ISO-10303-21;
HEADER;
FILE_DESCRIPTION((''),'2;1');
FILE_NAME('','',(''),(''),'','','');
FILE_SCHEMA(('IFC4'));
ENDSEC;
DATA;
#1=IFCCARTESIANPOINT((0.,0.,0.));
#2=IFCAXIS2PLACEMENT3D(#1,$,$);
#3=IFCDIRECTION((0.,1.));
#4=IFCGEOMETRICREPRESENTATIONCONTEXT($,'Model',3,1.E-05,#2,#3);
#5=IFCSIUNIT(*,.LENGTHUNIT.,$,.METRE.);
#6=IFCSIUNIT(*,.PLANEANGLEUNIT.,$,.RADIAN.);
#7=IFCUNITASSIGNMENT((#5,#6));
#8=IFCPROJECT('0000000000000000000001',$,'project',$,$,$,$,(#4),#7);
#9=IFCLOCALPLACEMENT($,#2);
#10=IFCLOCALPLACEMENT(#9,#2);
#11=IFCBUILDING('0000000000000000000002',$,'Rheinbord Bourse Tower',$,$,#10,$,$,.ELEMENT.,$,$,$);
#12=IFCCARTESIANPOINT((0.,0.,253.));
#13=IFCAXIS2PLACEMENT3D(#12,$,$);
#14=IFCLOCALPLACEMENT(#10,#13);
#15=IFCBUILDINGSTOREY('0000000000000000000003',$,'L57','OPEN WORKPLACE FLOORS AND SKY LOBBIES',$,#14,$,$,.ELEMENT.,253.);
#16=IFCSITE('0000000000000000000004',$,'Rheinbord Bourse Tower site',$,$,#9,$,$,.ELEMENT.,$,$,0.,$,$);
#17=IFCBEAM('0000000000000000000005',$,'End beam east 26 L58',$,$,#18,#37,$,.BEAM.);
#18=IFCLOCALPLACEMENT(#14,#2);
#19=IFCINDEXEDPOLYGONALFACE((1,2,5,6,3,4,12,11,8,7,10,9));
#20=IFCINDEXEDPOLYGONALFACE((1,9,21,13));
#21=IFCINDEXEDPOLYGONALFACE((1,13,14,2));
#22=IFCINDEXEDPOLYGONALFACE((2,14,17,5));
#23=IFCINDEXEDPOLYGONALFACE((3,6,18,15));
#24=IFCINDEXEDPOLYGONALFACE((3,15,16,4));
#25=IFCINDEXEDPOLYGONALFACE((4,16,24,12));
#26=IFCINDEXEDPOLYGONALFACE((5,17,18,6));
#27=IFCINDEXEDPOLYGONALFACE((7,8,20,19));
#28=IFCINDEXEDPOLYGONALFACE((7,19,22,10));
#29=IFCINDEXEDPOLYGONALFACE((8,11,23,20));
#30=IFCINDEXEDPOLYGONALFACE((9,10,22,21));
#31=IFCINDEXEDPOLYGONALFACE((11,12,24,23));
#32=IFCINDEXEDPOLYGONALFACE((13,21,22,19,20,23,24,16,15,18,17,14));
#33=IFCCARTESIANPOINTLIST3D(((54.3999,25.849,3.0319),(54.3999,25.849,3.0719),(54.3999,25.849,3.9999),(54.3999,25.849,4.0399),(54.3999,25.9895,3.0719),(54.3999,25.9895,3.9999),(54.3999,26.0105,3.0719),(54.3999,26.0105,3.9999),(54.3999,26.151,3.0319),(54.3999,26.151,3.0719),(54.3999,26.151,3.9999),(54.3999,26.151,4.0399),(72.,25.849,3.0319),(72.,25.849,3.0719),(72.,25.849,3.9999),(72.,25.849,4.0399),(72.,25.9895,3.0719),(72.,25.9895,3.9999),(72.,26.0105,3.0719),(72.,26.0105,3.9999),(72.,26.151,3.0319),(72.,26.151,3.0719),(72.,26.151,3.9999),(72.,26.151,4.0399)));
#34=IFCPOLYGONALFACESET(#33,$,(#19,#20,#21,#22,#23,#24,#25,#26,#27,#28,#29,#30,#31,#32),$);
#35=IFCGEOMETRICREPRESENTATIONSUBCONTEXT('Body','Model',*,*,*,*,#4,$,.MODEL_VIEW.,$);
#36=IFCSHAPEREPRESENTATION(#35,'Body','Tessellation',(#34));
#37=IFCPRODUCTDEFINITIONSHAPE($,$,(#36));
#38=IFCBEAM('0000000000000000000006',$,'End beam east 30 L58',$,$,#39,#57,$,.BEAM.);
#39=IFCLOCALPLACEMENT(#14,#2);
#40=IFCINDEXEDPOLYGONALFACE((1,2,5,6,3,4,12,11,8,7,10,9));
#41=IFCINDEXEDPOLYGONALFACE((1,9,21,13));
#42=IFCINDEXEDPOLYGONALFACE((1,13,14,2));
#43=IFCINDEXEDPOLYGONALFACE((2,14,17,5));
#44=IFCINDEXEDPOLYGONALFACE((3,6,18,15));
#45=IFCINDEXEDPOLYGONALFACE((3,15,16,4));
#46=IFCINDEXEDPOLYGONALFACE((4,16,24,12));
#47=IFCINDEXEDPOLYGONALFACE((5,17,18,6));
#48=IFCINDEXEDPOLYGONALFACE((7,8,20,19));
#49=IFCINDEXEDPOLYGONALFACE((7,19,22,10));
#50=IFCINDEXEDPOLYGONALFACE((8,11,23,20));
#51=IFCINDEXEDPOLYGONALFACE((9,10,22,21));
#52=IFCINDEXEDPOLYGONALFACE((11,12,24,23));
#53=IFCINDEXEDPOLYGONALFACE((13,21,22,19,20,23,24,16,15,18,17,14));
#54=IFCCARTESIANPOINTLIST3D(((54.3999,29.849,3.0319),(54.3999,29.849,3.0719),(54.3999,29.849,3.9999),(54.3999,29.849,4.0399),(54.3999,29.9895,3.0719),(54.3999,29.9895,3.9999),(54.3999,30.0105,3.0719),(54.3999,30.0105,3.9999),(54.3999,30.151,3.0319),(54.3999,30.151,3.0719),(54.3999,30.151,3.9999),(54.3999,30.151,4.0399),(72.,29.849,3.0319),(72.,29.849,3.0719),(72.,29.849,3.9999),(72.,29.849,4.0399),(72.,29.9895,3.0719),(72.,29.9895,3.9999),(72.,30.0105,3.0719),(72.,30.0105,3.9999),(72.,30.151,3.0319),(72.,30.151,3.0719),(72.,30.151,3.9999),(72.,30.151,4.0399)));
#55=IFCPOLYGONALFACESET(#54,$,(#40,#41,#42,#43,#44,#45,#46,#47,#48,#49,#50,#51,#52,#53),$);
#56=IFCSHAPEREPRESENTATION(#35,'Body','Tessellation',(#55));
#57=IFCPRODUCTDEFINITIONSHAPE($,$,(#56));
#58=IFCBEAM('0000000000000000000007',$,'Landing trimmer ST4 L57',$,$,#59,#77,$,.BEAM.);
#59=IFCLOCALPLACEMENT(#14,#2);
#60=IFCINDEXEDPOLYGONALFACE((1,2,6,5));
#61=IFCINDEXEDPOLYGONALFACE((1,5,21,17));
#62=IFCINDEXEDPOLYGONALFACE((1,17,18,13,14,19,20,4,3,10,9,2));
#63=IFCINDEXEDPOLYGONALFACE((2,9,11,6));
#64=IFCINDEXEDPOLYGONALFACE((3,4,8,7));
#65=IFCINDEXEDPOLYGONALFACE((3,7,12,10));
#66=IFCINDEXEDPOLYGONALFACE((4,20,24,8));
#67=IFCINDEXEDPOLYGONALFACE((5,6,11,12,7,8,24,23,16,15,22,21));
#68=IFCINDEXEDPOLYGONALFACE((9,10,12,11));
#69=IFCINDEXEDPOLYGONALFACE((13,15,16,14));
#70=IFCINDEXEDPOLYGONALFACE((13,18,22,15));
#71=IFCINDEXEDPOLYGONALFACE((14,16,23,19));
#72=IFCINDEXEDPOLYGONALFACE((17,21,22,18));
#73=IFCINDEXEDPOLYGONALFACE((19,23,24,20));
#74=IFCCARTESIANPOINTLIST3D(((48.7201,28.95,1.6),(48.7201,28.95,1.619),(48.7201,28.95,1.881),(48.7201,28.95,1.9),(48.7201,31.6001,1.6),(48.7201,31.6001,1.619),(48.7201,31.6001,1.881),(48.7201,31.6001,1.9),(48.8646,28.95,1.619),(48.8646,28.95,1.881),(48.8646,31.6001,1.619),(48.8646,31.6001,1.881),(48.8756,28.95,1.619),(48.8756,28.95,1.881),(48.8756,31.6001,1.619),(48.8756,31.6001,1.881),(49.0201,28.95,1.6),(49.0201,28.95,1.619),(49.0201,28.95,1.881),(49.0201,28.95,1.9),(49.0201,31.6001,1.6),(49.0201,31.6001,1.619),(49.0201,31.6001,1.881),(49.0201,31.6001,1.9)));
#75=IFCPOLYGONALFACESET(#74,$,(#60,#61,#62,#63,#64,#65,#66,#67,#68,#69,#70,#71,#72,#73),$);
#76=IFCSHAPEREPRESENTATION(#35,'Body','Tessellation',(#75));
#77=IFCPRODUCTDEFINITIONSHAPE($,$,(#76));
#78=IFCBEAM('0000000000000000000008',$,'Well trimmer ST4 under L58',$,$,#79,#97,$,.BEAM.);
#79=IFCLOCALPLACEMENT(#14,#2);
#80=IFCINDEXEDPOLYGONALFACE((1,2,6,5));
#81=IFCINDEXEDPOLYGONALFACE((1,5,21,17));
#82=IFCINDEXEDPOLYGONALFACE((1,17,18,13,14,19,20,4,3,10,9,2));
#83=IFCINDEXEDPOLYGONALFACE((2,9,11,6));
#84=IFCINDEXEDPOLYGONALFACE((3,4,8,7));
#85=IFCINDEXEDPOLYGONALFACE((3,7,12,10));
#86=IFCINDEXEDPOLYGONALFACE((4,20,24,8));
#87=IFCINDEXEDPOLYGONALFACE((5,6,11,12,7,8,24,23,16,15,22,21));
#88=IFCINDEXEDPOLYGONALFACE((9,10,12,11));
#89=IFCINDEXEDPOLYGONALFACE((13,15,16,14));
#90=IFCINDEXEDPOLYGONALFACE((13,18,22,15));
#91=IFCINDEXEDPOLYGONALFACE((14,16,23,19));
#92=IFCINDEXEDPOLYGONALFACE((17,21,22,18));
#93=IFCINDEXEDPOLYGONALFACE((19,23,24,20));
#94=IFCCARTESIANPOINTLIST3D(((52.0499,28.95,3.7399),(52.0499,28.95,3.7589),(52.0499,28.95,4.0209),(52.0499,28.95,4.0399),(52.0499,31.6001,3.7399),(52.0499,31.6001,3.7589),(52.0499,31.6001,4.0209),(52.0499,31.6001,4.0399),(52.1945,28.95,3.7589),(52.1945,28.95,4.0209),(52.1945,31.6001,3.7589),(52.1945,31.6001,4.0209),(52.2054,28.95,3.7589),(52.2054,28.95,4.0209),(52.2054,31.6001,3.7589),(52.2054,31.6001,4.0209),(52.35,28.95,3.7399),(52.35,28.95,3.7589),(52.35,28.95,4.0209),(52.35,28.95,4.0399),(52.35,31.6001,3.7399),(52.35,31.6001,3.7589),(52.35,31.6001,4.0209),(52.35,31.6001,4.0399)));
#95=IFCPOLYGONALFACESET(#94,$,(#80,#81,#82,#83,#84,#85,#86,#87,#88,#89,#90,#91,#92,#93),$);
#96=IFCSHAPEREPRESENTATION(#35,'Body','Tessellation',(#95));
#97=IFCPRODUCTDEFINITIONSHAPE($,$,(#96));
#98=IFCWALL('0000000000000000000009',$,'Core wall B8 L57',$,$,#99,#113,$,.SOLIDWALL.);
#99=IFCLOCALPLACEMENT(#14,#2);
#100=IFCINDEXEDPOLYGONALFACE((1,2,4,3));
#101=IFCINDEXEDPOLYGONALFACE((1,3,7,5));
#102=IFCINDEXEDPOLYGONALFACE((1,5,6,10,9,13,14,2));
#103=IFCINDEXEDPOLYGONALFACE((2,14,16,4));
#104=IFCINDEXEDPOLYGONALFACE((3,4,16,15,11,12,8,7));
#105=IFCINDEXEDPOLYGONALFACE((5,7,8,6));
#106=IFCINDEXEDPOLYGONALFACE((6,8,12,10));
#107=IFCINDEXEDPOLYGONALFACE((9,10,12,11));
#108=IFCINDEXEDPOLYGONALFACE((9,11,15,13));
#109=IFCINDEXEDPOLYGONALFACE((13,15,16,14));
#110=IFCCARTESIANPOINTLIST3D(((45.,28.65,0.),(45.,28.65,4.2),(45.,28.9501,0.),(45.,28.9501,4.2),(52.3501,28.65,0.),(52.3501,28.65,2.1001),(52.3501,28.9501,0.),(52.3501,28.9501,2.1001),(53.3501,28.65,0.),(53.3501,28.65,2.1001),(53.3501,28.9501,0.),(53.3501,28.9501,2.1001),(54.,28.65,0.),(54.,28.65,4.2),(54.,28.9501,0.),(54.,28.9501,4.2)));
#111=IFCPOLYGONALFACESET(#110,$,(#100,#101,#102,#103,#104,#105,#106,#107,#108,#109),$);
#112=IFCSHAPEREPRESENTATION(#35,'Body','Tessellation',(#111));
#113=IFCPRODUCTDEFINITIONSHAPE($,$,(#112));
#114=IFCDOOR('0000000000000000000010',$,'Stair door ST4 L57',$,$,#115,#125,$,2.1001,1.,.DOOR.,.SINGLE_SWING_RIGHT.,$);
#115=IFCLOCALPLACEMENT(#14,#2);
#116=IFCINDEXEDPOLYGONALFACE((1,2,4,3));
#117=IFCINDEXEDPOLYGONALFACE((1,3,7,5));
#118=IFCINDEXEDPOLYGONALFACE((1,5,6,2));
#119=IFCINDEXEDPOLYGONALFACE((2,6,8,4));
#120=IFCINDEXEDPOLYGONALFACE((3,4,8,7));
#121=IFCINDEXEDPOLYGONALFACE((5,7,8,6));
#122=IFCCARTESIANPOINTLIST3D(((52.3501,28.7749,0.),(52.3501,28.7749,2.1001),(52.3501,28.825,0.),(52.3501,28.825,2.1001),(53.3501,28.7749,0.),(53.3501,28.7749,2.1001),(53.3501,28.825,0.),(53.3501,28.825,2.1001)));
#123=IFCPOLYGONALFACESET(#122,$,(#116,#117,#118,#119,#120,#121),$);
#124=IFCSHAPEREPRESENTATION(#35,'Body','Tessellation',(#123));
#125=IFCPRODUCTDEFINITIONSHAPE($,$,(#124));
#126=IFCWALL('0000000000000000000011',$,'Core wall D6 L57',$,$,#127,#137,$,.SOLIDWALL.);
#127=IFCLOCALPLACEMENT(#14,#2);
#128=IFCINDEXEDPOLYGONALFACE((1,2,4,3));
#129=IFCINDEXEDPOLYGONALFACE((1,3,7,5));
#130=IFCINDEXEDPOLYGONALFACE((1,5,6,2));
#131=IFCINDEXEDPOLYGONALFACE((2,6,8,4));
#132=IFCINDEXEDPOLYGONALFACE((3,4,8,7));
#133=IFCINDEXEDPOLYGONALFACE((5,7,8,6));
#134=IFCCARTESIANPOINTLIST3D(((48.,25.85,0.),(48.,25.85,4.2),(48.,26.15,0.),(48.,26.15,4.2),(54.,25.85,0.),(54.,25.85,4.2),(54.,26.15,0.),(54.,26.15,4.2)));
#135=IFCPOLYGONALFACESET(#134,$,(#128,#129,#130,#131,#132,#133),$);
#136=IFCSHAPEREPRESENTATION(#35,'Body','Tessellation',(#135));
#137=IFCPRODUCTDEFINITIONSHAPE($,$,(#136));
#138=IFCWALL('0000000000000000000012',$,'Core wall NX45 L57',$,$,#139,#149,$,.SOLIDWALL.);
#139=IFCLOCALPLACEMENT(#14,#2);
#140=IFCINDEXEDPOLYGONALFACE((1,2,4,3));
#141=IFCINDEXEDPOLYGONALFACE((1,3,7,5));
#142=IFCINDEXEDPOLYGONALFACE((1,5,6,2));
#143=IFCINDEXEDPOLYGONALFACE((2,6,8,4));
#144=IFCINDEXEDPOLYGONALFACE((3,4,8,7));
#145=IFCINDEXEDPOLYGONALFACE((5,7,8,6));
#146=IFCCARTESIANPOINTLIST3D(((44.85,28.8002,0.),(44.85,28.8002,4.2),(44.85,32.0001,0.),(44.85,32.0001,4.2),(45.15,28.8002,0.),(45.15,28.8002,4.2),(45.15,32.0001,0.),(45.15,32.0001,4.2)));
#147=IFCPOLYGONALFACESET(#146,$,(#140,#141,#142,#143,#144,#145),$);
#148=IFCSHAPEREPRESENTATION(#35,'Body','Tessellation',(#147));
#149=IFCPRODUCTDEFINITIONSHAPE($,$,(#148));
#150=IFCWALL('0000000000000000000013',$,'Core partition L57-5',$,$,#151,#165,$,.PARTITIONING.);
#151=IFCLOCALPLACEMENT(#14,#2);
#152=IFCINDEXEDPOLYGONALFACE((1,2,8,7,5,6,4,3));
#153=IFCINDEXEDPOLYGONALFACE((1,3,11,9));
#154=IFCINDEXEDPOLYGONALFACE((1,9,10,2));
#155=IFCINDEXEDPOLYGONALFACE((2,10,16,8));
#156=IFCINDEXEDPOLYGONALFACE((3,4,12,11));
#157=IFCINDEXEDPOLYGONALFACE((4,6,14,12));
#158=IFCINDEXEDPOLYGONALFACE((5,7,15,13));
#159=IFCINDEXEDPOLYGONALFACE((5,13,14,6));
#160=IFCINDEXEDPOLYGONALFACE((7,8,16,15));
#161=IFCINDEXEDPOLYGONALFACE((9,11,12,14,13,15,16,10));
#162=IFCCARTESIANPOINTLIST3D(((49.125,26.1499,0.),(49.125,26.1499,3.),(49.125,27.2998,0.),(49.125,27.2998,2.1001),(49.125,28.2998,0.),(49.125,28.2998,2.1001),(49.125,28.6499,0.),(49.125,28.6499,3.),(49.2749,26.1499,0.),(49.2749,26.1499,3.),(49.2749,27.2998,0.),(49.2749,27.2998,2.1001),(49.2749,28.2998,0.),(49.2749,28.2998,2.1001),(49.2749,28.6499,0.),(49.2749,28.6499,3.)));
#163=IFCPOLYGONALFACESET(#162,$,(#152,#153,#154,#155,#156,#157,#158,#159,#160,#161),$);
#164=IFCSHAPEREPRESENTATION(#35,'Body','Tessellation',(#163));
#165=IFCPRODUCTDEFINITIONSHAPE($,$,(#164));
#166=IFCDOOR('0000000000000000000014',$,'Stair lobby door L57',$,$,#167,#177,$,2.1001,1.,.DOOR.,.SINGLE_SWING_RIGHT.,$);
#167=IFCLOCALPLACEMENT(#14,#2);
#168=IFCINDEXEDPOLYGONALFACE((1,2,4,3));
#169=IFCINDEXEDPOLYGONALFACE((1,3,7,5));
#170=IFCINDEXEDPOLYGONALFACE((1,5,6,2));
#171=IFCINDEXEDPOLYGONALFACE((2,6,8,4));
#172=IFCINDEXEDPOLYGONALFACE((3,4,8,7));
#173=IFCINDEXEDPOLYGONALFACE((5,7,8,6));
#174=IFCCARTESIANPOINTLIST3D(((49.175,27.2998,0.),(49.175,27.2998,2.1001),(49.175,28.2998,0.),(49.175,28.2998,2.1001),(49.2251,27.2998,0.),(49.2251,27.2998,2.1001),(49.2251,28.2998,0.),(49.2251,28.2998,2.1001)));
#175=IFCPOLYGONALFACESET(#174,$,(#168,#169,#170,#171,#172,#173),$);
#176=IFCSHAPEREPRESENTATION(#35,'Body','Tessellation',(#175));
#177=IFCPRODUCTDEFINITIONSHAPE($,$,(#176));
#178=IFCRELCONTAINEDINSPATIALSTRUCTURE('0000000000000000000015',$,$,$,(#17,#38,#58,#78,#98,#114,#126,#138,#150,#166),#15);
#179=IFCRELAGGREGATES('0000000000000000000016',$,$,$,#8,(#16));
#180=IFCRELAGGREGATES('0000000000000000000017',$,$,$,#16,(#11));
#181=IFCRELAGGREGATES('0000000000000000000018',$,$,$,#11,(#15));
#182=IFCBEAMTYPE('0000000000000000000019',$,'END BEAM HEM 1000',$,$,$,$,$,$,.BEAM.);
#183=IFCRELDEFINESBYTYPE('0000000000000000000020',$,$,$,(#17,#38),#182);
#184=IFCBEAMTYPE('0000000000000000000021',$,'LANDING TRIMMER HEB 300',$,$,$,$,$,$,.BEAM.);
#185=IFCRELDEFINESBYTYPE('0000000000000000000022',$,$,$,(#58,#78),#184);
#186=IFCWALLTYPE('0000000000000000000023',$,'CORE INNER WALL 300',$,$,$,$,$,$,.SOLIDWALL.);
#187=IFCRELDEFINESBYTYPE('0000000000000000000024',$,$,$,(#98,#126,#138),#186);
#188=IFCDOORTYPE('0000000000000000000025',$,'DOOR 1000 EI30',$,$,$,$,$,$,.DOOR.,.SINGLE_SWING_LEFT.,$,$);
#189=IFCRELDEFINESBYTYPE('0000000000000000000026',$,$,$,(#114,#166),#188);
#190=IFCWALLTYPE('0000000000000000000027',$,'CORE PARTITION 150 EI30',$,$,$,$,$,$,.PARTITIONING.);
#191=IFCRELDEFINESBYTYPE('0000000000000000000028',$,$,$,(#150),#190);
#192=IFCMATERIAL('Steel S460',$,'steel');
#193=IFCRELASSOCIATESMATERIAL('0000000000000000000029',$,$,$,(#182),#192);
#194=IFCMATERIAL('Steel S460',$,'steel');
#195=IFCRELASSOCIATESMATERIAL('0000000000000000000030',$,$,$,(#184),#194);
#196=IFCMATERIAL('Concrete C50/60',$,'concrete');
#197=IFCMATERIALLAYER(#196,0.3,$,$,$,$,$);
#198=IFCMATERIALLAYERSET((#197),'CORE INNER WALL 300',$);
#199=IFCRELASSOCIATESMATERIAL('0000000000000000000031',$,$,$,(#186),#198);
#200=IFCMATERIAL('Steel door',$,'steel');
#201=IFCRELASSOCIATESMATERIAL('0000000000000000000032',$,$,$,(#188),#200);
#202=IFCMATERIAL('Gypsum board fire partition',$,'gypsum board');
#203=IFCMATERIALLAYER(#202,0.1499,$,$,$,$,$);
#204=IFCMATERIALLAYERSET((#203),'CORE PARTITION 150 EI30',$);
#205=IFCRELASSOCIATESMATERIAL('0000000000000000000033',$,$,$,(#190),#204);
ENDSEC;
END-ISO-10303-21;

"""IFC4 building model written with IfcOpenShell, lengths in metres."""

from ifc_helpers import new_model, si_unit, direction, frame, frame_2d, origin, origin_2d, place, context, subcontext, project, spatial, rectangle, i_section, extrude, material, layer, layer_set, material_profile, profile_set, type_object, element, fill, save


model = new_model("IFC4")

# Units and contexts
model_context = context("Model", 3, precision=1e-05, world=origin(), true_north=direction((0.0, 1.0)))
body_context = subcontext(model_context, "Body", "Model", "MODEL_VIEW")
ifc_project = project(units=[si_unit("LENGTHUNIT", "METRE"), si_unit("PLANEANGLEUNIT", "RADIAN")], contexts=[model_context])

# Site, building, storey
site_placement = place(None, origin())
site = spatial("IfcSite", under=ifc_project, at=site_placement, Name="Rheinbord Bourse Tower site", CompositionType="ELEMENT", RefElevation=0.0)
building_placement = place(site_placement, origin())
building = spatial("IfcBuilding", under=site, at=building_placement, Name="Rheinbord Bourse Tower", CompositionType="ELEMENT")
storey_placement = place(building_placement, frame((0.0, 0.0, 253.0)))
storey = spatial("IfcBuildingStorey", under=building, at=storey_placement, Name="L57", Description="OPEN WORKPLACE FLOORS AND SKY LOBBIES", CompositionType="ELEMENT", Elevation=253.0)

# Beams
ifc_material_1 = material(Name="Steel S460", Category="steel")
ifc_material_profile_1 = material_profile(ifc_material_1, i_section(OverallWidth=0.302, OverallDepth=1.0081, WebThickness=0.021, FlangeThickness=0.04, at=origin_2d()), Name="HEM 1000")
ifc_profile_set_1 = profile_set([ifc_material_profile_1], Name="Steel S460")
beam_type_1 = type_object("IfcBeamType", Name="END BEAM HEM 1000", PredefinedType="BEAM", material=ifc_profile_set_1)
for number, where, z_axis, x_axis, name in (
    (1, (54.3999, 26.0, 3.5359), (1.0, 0.0, 0.0), (0.0, 1.0, 0.0), "End beam east 26 L58"),
    (2, (54.3999, 30.0, 3.5359), (1.0, 0.0, 0.0), (0.0, 1.0, 0.0), "End beam east 30 L58"),
):
    element("IfcBeam", number, at=place(storey_placement, frame(where, z_axis=z_axis, x_axis=x_axis)), inside=storey, type_object=beam_type_1, Name=name, PredefinedType="BEAM", context=body_context, shape_type="SweptSolid", body=[
        extrude(i_section(OverallWidth=0.302, OverallDepth=1.0081, WebThickness=0.021, FlangeThickness=0.04, at=origin_2d()), origin(), (0.0, 0.0, 1.0), 17.6001),
    ])
ifc_material_2 = material(Name="Steel S460", Category="steel")
ifc_material_profile_2 = material_profile(ifc_material_2, i_section(OverallWidth=0.3, OverallDepth=0.3, WebThickness=0.011, FlangeThickness=0.019, at=origin_2d()), Name="HEB 300")
ifc_profile_set_2 = profile_set([ifc_material_profile_2], Name="Steel S460")
beam_type_2 = type_object("IfcBeamType", Name="LANDING TRIMMER HEB 300", PredefinedType="BEAM", material=ifc_profile_set_2)
for number, where, z_axis, x_axis, name in (
    (3, (48.8701, 28.95, 1.75), (0.0, 1.0, 0.0), (-1.0, 0.0, 0.0), "Landing trimmer ST4 L57"),
    (4, (52.2, 28.95, 3.8899), (0.0, 1.0, 0.0), (-1.0, 0.0, 0.0), "Well trimmer ST4 under L58"),
):
    element("IfcBeam", number, at=place(storey_placement, frame(where, z_axis=z_axis, x_axis=x_axis)), inside=storey, type_object=beam_type_2, Name=name, PredefinedType="BEAM", context=body_context, shape_type="SweptSolid", body=[
        extrude(i_section(OverallWidth=0.3, OverallDepth=0.3, WebThickness=0.011, FlangeThickness=0.019, at=origin_2d()), origin(), (0.0, 0.0, 1.0), 2.6501),
    ])

# Wall, opening, door
ifc_material_3 = material(Name="Concrete C50/60", Category="concrete")
ifc_layer_1 = layer(ifc_material_3, 0.3)
ifc_layer_set_1 = layer_set([ifc_layer_1], Name="CORE INNER WALL 300")
wall_type_1 = type_object("IfcWallType", Name="CORE INNER WALL 300", PredefinedType="SOLIDWALL", material=ifc_layer_set_1)
wall_1_placement = place(storey_placement, frame((45.0, 28.8, 0.0), z_axis=(0.0, 0.0, 1.0), x_axis=(1.0, 0.0, 0.0)))
wall_1 = element("IfcWall", 5, at=wall_1_placement, inside=storey, type_object=wall_type_1, Name="Core wall B8 L57", PredefinedType="SOLIDWALL", context=body_context, shape_type="SweptSolid", body=[
    extrude(rectangle(XDim=9.0, YDim=0.3, at=frame_2d((4.5, 0.0))), origin(), (0.0, 0.0, 1.0), 4.2),
])
opening_1_placement = place(wall_1_placement, frame((7.3501, 0.0, 0.0)))
opening_1 = element("IfcOpeningElement", 6, at=opening_1_placement, cuts=wall_1, PredefinedType="OPENING", context=body_context, shape_type="SweptSolid", body=[
    extrude(rectangle(XDim=1.0, YDim=2.1001, at=frame_2d((0.5, 1.05))), frame((0.0, 0.1599, 0.0), z_axis=(0.0, -1.0, 0.0), x_axis=(1.0, 0.0, 0.0)), (0.0, 0.0, 1.0), 0.3201),
])
ifc_material_4 = material(Name="Steel door", Category="steel")
door_type_1 = type_object("IfcDoorType", Name="DOOR 1000 EI30", OperationType="SINGLE_SWING_LEFT", PredefinedType="DOOR", material=ifc_material_4)
door_1_placement = place(opening_1_placement, origin())
door_1 = element("IfcDoor", 7, at=door_1_placement, inside=storey, type_object=door_type_1, Name="Stair door ST4 L57", OperationType="SINGLE_SWING_RIGHT", OverallHeight=2.1001, OverallWidth=1.0, PredefinedType="DOOR", context=body_context, shape_type="SweptSolid", body=[
    extrude(rectangle(XDim=1.0, YDim=2.1001, at=frame_2d((0.5, 1.05))), frame((0.0, 0.0249, 0.0), z_axis=(0.0, -1.0, 0.0), x_axis=(1.0, 0.0, 0.0)), (0.0, 0.0, 1.0), 0.05),
])
fill(opening_1, door_1)

# Walls
wall_2_placement = place(storey_placement, frame((48.0, 26.0, 0.0), z_axis=(0.0, 0.0, 1.0), x_axis=(1.0, 0.0, 0.0)))
element("IfcWall", 8, at=wall_2_placement, inside=storey, type_object=wall_type_1, Name="Core wall D6 L57", PredefinedType="SOLIDWALL", context=body_context, shape_type="SweptSolid", body=[
    extrude(rectangle(XDim=6.0, YDim=0.3, at=frame_2d((3.0, 0.0))), origin(), (0.0, 0.0, 1.0), 4.2),
])
wall_3_placement = place(storey_placement, frame((45.0, 28.8, 0.0), z_axis=(0.0, 0.0, 1.0), x_axis=(0.0, 1.0, 0.0)))
element("IfcWall", 9, at=wall_3_placement, inside=storey, type_object=wall_type_1, Name="Core wall NX45 L57", PredefinedType="SOLIDWALL", context=body_context, shape_type="SweptSolid", body=[
    extrude(rectangle(XDim=3.2, YDim=0.3, at=frame_2d((1.6001, 0.0))), origin(), (0.0, 0.0, 1.0), 4.2),
])

# Wall, opening, door
ifc_material_5 = material(Name="Gypsum board fire partition", Category="gypsum board")
ifc_layer_2 = layer(ifc_material_5, 0.1499)
ifc_layer_set_2 = layer_set([ifc_layer_2], Name="CORE PARTITION 150 EI30")
wall_type_2 = type_object("IfcWallType", Name="CORE PARTITION 150 EI30", PredefinedType="PARTITIONING", material=ifc_layer_set_2)
wall_4_placement = place(storey_placement, frame((49.2, 26.1499, 0.0), z_axis=(0.0, 0.0, 1.0), x_axis=(0.0, 1.0, 0.0)))
wall_4 = element("IfcWall", 10, at=wall_4_placement, inside=storey, type_object=wall_type_2, Name="Core partition L57-5", PredefinedType="PARTITIONING", context=body_context, shape_type="SweptSolid", body=[
    extrude(rectangle(XDim=2.5, YDim=0.1499, at=frame_2d((1.25, 0.0))), origin(), (0.0, 0.0, 1.0), 3.0),
])
opening_2_placement = place(wall_4_placement, frame((1.1499, 0.0, 0.0)))
opening_2 = element("IfcOpeningElement", 11, at=opening_2_placement, cuts=wall_4, PredefinedType="OPENING", context=body_context, shape_type="SweptSolid", body=[
    extrude(rectangle(XDim=1.0, YDim=2.1001, at=frame_2d((0.5, 1.05))), frame((0.0, 0.085, 0.0), z_axis=(0.0, -1.0, 0.0), x_axis=(1.0, 0.0, 0.0)), (0.0, 0.0, 1.0), 0.1699),
])
door_2_placement = place(opening_2_placement, origin())
door_2 = element("IfcDoor", 12, at=door_2_placement, inside=storey, type_object=door_type_1, Name="Stair lobby door L57", OperationType="SINGLE_SWING_RIGHT", OverallHeight=2.1001, OverallWidth=1.0, PredefinedType="DOOR", context=body_context, shape_type="SweptSolid", body=[
    extrude(rectangle(XDim=1.0, YDim=2.1001, at=frame_2d((0.5, 1.05))), frame((0.0, 0.0249, 0.0), z_axis=(0.0, -1.0, 0.0), x_axis=(1.0, 0.0, 0.0)), (0.0, 0.0, 1.0), 0.05),
])
fill(opening_2, door_2)

save(model, "model.ifc")
